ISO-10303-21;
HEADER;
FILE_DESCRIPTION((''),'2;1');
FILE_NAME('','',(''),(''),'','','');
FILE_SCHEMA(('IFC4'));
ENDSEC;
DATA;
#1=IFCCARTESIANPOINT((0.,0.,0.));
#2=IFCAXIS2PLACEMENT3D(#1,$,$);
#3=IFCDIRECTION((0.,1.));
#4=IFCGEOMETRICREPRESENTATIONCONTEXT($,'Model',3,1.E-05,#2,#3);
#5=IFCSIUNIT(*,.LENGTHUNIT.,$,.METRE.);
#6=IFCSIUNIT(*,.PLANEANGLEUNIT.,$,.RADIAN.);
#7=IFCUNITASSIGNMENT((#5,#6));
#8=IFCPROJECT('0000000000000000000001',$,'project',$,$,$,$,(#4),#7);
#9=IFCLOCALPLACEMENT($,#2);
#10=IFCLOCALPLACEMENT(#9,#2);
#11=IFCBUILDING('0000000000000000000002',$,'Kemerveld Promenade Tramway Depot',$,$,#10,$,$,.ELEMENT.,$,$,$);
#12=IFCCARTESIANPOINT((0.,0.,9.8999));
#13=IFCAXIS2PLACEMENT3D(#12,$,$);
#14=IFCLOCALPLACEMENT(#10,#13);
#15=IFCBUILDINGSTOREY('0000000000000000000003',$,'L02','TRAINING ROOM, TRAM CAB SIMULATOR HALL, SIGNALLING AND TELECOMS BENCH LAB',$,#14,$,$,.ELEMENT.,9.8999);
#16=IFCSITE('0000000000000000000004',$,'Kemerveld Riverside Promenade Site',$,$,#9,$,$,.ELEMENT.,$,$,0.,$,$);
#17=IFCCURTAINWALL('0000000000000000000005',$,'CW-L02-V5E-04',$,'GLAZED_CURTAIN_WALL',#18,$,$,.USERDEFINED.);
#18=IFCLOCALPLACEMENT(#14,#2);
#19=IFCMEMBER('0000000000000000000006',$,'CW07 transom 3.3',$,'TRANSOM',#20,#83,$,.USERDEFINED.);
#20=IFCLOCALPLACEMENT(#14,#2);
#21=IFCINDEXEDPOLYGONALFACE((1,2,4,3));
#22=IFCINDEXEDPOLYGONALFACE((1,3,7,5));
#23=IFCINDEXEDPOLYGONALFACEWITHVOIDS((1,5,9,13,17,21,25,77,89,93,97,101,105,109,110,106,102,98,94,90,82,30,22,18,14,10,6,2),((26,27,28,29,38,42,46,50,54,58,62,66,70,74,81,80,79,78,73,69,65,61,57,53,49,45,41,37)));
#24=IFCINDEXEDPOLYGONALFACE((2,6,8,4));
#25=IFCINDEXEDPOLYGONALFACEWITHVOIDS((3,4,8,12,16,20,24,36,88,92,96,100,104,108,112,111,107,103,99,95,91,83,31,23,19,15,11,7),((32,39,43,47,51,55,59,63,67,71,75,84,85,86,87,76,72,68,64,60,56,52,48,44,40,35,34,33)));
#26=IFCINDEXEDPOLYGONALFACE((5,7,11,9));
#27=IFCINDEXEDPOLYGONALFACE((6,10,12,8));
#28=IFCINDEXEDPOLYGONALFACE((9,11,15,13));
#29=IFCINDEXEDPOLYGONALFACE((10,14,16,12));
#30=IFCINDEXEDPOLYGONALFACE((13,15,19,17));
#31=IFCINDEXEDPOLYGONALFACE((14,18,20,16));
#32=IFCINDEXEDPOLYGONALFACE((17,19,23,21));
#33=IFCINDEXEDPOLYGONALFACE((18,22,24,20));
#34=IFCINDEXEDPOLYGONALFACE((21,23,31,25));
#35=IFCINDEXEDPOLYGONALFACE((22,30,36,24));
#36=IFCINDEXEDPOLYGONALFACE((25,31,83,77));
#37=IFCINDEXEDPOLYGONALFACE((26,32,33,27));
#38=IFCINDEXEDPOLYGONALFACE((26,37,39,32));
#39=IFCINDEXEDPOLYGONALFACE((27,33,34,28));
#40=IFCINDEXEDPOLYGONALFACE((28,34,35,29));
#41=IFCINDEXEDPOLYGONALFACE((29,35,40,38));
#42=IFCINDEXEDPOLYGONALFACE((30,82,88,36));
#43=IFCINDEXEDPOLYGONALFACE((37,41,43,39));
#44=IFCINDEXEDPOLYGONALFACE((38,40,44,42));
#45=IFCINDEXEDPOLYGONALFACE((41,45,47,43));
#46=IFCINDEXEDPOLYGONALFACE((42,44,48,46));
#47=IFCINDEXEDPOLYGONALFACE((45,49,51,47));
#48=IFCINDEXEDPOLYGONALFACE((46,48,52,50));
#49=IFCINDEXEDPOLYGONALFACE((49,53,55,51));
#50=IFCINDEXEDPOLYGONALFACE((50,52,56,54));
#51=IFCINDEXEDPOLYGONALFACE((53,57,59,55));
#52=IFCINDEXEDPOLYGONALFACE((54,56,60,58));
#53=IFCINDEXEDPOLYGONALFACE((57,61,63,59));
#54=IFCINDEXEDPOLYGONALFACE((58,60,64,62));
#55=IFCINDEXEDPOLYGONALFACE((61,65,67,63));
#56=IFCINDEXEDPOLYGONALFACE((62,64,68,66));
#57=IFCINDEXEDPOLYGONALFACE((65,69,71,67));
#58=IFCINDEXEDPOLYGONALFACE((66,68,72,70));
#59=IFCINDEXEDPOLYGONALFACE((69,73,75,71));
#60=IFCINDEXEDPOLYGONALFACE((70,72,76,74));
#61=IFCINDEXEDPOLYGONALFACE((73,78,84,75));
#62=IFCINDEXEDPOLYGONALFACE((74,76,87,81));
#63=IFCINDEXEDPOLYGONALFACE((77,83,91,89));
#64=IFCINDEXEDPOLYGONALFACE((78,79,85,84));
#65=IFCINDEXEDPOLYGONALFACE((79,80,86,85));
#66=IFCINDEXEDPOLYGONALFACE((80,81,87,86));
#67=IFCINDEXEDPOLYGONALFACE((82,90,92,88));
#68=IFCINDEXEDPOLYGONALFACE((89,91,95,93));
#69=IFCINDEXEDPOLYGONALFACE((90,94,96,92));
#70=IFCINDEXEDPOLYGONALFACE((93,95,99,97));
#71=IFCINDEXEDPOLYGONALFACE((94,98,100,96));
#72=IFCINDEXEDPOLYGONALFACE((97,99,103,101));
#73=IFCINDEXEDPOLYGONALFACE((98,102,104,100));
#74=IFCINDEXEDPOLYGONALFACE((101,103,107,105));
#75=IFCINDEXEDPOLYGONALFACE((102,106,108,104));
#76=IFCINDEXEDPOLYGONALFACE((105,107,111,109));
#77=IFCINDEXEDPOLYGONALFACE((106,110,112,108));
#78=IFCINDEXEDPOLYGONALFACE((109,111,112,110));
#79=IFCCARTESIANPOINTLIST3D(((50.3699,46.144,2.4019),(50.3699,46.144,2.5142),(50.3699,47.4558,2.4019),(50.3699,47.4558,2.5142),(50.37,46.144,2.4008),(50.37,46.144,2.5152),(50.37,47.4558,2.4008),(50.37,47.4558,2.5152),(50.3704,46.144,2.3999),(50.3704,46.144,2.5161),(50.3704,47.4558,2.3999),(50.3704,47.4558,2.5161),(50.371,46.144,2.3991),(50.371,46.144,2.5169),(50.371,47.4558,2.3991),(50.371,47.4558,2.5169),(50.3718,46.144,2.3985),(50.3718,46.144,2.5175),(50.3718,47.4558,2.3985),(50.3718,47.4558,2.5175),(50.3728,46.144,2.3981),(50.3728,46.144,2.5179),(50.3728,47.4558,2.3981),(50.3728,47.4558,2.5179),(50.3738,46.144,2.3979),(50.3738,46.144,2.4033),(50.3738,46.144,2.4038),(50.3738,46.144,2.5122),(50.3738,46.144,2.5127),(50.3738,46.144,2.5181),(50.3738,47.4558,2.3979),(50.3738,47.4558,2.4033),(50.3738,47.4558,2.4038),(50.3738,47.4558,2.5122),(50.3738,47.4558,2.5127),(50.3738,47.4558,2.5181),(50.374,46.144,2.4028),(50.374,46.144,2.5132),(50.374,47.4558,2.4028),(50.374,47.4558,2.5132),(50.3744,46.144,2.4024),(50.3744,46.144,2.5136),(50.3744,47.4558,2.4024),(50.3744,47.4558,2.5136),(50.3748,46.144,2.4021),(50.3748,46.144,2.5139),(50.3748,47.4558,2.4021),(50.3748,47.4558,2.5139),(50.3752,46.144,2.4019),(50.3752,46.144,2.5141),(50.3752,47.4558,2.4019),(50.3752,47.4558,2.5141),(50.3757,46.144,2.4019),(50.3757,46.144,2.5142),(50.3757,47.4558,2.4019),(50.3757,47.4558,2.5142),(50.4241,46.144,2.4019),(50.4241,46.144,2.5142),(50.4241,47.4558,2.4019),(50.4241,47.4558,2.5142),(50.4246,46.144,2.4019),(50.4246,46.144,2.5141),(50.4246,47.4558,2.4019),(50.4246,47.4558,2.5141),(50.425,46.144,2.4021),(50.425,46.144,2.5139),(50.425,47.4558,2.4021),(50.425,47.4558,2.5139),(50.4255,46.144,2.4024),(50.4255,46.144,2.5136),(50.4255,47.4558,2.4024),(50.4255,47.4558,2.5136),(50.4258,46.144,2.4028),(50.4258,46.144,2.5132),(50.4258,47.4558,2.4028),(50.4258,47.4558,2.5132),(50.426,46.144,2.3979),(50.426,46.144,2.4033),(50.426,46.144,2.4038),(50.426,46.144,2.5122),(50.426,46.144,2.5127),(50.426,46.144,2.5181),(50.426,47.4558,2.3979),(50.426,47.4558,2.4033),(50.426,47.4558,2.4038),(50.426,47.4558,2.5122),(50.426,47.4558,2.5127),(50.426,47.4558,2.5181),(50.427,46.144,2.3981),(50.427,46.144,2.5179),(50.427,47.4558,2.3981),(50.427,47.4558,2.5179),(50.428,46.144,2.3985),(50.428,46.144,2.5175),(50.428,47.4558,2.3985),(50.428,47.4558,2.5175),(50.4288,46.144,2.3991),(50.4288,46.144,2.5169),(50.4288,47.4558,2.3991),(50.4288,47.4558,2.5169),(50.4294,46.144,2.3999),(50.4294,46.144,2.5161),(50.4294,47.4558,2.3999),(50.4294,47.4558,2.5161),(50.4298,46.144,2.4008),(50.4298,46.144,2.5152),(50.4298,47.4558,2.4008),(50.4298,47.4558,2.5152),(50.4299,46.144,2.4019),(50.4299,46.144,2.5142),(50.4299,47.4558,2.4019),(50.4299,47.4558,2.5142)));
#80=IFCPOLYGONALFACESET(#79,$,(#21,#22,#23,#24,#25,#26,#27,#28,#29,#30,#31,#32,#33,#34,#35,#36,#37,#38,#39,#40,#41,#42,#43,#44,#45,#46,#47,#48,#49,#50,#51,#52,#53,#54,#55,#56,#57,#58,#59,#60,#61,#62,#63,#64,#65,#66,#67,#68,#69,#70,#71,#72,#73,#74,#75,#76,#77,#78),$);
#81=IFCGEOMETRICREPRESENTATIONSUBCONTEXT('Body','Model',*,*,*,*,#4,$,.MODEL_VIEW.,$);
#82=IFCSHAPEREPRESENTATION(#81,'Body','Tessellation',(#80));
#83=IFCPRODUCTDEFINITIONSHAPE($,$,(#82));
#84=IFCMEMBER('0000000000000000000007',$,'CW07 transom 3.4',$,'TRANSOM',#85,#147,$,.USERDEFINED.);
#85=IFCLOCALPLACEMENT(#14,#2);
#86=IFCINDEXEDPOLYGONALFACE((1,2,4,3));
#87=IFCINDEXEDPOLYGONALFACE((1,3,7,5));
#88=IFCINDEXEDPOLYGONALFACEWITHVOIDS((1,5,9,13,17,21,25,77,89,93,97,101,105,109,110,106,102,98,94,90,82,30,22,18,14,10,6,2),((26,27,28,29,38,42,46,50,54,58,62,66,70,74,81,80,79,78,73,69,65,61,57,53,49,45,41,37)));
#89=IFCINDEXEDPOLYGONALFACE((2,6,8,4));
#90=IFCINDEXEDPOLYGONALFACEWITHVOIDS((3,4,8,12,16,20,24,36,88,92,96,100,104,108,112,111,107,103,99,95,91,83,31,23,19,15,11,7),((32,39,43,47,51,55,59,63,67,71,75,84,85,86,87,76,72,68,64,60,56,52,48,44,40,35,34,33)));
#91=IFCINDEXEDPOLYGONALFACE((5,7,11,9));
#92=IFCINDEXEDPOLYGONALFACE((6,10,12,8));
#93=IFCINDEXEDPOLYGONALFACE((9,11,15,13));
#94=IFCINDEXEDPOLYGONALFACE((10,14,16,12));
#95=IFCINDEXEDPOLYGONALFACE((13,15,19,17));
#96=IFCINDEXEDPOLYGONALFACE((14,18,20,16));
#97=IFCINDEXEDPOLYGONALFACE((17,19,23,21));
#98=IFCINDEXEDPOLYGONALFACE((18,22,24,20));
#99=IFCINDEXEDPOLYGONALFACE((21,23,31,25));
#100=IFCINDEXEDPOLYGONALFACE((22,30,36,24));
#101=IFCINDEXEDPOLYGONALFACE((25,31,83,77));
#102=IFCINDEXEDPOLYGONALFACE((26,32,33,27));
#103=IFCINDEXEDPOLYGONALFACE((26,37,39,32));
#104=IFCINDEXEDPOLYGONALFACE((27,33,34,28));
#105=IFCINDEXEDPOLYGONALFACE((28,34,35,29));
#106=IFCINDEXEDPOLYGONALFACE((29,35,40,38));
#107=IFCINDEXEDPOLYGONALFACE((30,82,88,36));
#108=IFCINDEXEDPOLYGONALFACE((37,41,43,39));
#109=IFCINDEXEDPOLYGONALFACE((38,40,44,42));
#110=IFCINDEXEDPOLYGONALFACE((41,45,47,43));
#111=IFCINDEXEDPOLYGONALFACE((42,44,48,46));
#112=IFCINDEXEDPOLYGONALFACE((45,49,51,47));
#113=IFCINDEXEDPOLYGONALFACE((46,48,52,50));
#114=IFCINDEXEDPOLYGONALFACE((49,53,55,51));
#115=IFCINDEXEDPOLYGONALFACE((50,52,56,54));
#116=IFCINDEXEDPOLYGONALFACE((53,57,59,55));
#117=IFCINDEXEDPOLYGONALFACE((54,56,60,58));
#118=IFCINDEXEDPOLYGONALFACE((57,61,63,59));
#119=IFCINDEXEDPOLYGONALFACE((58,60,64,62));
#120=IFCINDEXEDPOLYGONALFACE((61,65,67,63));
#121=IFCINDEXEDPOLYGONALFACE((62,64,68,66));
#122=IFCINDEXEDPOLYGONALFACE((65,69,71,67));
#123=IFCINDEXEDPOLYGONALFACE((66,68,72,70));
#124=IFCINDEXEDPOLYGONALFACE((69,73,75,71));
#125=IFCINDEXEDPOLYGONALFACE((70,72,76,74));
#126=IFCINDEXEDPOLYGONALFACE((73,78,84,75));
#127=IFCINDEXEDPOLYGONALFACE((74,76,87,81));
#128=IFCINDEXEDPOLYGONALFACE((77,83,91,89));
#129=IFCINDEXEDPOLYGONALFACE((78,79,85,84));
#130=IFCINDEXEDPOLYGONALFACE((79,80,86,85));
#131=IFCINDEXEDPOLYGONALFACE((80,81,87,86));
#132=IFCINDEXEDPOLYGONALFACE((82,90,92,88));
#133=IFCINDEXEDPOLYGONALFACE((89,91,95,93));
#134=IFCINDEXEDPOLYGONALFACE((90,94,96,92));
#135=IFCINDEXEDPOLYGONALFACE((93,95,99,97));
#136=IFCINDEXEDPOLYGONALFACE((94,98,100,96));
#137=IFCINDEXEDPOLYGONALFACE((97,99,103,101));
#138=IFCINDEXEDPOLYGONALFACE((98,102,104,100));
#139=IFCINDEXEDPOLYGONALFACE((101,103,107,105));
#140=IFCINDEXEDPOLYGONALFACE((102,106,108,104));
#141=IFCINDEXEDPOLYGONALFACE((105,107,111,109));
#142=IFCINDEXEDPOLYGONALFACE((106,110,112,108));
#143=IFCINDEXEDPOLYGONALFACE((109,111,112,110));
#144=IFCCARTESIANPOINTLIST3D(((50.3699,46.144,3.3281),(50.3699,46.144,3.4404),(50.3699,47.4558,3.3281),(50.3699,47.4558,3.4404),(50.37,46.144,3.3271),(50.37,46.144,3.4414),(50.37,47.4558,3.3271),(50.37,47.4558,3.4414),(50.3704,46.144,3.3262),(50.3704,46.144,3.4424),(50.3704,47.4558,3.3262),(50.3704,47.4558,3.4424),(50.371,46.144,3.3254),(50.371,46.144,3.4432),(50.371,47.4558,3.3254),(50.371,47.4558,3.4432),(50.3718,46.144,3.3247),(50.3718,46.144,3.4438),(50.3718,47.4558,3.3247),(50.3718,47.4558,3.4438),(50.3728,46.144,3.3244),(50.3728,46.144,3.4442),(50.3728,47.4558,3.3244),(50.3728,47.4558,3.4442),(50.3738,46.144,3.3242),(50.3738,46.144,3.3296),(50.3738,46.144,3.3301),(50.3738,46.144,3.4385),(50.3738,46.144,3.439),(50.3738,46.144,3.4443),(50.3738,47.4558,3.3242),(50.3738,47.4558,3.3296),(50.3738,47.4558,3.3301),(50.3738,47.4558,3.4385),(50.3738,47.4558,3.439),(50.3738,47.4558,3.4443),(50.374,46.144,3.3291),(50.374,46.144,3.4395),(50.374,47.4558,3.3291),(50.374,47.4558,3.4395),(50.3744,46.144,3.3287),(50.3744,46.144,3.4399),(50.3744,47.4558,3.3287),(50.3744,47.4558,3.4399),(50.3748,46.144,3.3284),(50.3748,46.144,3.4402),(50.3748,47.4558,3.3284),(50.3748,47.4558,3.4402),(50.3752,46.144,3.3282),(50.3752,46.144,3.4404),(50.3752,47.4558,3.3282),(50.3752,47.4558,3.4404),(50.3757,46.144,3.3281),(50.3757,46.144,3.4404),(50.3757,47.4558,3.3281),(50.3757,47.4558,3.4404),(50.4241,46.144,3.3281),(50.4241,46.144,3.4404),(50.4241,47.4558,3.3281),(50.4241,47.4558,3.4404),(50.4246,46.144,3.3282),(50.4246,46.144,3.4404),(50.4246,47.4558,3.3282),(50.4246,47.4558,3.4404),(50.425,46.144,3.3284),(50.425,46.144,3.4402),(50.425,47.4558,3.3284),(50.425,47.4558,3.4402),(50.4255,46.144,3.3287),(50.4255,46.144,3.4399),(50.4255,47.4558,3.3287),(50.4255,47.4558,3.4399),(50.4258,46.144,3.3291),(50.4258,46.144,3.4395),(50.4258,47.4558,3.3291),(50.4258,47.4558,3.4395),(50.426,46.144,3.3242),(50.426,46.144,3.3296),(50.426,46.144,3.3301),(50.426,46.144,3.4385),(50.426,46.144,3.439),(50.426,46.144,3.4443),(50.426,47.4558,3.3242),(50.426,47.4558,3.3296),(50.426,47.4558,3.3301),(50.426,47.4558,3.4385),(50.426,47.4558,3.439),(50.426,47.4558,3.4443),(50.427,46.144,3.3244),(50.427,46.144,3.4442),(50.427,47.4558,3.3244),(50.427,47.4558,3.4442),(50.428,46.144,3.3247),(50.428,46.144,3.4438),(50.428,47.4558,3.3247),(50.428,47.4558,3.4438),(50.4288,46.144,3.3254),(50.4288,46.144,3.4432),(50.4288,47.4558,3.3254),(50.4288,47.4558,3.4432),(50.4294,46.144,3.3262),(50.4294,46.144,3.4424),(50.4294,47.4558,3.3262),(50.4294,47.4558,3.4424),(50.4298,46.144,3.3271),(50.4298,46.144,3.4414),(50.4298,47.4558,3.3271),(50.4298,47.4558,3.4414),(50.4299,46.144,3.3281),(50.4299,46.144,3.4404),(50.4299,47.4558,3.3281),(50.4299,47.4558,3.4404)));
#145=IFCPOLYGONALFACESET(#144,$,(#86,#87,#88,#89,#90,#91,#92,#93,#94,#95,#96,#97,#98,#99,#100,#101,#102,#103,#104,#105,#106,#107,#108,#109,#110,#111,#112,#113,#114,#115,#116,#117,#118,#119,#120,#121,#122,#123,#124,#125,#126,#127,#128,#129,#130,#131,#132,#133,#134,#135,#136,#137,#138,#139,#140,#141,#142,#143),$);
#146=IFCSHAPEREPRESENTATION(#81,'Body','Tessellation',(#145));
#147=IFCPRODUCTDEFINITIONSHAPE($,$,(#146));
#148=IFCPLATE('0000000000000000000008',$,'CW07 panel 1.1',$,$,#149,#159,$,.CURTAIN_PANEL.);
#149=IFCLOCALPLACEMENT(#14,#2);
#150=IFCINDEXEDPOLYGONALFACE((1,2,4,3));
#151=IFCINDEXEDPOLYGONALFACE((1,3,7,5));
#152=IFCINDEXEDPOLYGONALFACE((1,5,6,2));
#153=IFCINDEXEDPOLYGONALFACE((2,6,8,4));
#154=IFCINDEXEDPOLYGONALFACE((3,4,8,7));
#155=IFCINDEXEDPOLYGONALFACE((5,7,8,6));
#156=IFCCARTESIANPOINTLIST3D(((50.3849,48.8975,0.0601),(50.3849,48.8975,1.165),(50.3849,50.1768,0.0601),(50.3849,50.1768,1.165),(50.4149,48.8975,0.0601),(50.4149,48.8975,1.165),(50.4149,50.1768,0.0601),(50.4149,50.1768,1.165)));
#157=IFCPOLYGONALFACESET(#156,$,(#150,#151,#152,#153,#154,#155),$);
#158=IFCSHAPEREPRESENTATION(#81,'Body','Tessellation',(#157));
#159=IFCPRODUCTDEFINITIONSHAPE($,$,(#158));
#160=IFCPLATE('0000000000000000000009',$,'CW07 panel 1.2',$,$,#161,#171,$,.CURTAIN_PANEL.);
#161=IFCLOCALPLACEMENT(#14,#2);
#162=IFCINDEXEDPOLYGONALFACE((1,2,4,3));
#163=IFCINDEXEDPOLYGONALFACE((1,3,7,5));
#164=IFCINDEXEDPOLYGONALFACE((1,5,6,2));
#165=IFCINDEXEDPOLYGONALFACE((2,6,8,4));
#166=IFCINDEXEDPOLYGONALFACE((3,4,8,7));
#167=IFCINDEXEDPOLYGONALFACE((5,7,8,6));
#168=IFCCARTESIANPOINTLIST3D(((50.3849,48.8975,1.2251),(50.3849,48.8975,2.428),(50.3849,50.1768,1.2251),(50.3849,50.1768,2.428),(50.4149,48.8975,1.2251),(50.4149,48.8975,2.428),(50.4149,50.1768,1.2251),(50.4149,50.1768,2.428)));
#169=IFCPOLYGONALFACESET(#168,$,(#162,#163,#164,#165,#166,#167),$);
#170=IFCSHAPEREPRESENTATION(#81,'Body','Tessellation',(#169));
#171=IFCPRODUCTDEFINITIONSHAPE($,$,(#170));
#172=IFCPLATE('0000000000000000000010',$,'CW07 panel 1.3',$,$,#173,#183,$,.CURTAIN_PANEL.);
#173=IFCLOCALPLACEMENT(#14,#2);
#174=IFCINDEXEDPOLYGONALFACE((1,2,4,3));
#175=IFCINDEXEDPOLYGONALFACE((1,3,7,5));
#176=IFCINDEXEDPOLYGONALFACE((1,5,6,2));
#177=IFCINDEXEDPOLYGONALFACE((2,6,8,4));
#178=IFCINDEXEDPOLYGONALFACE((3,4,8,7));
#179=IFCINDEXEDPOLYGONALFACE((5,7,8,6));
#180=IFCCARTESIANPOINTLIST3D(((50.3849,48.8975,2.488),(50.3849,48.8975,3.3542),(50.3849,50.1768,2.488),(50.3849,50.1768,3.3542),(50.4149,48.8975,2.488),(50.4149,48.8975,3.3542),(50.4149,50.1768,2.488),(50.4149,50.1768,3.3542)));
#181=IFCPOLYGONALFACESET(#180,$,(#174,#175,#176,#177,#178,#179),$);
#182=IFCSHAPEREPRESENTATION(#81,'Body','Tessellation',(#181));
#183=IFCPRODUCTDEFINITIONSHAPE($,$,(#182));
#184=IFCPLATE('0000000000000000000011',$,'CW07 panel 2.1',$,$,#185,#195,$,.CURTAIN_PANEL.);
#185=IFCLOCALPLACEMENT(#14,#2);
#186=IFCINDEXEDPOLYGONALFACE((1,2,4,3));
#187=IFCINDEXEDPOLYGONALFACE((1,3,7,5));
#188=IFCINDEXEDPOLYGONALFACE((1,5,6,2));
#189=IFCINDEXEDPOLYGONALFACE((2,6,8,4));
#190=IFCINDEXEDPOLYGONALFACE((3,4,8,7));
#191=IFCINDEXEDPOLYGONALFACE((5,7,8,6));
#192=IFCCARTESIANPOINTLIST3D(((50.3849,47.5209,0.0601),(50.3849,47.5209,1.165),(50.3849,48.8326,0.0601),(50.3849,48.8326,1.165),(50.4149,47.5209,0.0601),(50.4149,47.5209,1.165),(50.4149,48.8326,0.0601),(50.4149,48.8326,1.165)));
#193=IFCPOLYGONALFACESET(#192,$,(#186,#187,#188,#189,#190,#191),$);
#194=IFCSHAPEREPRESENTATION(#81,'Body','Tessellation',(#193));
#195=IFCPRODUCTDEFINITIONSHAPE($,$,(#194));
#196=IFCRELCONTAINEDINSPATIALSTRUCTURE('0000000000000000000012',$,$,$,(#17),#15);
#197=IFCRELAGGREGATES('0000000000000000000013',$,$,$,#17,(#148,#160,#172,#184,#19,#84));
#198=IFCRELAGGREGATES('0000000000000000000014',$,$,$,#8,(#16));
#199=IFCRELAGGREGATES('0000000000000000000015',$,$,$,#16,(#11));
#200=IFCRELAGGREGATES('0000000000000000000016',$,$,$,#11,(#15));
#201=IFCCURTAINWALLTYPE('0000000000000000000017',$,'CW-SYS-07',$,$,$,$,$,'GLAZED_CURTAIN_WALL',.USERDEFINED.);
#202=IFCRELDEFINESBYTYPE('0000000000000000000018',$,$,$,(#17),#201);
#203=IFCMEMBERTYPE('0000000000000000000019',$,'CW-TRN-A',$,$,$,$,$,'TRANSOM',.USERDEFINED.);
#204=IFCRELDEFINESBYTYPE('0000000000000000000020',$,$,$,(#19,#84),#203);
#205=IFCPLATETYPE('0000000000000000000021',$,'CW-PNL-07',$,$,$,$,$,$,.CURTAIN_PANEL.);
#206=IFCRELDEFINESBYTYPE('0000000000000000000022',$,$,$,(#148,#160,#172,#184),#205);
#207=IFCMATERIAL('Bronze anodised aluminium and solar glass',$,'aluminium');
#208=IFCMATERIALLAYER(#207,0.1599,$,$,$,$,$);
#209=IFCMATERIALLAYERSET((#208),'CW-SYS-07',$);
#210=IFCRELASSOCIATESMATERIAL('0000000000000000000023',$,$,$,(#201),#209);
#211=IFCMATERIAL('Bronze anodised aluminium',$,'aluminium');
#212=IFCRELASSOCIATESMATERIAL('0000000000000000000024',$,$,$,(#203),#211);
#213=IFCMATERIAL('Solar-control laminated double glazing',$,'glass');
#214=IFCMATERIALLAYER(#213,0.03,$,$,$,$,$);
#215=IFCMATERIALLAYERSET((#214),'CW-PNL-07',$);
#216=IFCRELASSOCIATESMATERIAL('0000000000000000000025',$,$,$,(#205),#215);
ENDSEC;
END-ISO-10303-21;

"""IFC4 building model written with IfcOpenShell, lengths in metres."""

from ifc_helpers import new_model, si_unit, direction, frame, origin, origin_2d, place, context, subcontext, project, spatial, rectangle, hollow_rectangle, extrude, material, layer, layer_set, material_profile, profile_set, type_object, element, aggregate, save


model = new_model("IFC4")

# Units and contexts
model_context = context("Model", 3, precision=1e-05, world=origin(), true_north=direction((0.0, 1.0)))
body_context = subcontext(model_context, "Body", "Model", "MODEL_VIEW")
ifc_project = project(units=[si_unit("LENGTHUNIT", "METRE"), si_unit("PLANEANGLEUNIT", "RADIAN")], contexts=[model_context])

# Site, building, storey
site_placement = place(None, origin())
site = spatial("IfcSite", under=ifc_project, at=site_placement, Name="Kemerveld Riverside Promenade Site", CompositionType="ELEMENT", RefElevation=0.0)
building_placement = place(site_placement, origin())
building = spatial("IfcBuilding", under=site, at=building_placement, Name="Kemerveld Promenade Tramway Depot", CompositionType="ELEMENT")
storey_placement = place(building_placement, frame((0.0, 0.0, 9.8999)))
storey = spatial("IfcBuildingStorey", under=building, at=storey_placement, Name="L02", Description="TRAINING ROOM, TRAM CAB SIMULATOR HALL, SIGNALLING AND TELECOMS BENCH LAB", CompositionType="ELEMENT", Elevation=9.8999)

# Curtain wall, members, plates
ifc_material_1 = material(Name="Bronze anodised aluminium and solar glass", Category="aluminium")
ifc_layer_1 = layer(ifc_material_1, 0.1599)
ifc_layer_set_1 = layer_set([ifc_layer_1], Name="CW-SYS-07")
curtain_wall_type = type_object("IfcCurtainWallType", Name="CW-SYS-07", ElementType="GLAZED_CURTAIN_WALL", PredefinedType="USERDEFINED", material=ifc_layer_set_1)
curtain_wall_placement = place(storey_placement, origin())
curtain_wall = element("IfcCurtainWall", 1, at=curtain_wall_placement, inside=storey, type_object=curtain_wall_type, Name="CW-L02-V5E-04", ObjectType="GLAZED_CURTAIN_WALL", PredefinedType="USERDEFINED")
ifc_material_2 = material(Name="Bronze anodised aluminium", Category="aluminium")
ifc_material_profile_1 = material_profile(ifc_material_2, hollow_rectangle(XDim=0.0601, YDim=0.1201, WallThickness=0.0039, InnerFilletRadius=0.002, OuterFilletRadius=0.0039, at=origin_2d()), Name="CW-TRN-120x60")
ifc_profile_set_1 = profile_set([ifc_material_profile_1], Name="Bronze anodised aluminium")
member_type_1 = type_object("IfcMemberType", Name="CW-TRN-A", ElementType="TRANSOM", PredefinedType="USERDEFINED", material=ifc_profile_set_1)
member_1_placement = place(storey_placement, frame((50.3999, 47.4558, 2.458), z_axis=(0.0, -1.0, 0.0), x_axis=(1.0, 0.0, 0.0)))
member_1 = element("IfcMember", 2, at=member_1_placement, type_object=member_type_1, Name="CW07 transom 3.3", ObjectType="TRANSOM", PredefinedType="USERDEFINED", context=body_context, shape_type="SweptSolid", body=[
    extrude(hollow_rectangle(XDim=0.0601, YDim=0.1201, WallThickness=0.0039, InnerFilletRadius=0.002, OuterFilletRadius=0.0039, at=origin_2d()), origin(), (0.0, 0.0, 1.0), 1.3118),
])
member_2_placement = place(storey_placement, frame((50.3999, 47.4558, 3.3843), z_axis=(0.0, -1.0, 0.0), x_axis=(1.0, 0.0, 0.0)))
member_2 = element("IfcMember", 3, at=member_2_placement, type_object=member_type_1, Name="CW07 transom 3.4", ObjectType="TRANSOM", PredefinedType="USERDEFINED", context=body_context, shape_type="SweptSolid", body=[
    extrude(hollow_rectangle(XDim=0.0601, YDim=0.1201, WallThickness=0.0039, InnerFilletRadius=0.002, OuterFilletRadius=0.0039, at=origin_2d()), origin(), (0.0, 0.0, 1.0), 1.3118),
])
ifc_material_3 = material(Name="Solar-control laminated double glazing", Category="glass")
ifc_layer_2 = layer(ifc_material_3, 0.03)
ifc_layer_set_2 = layer_set([ifc_layer_2], Name="CW-PNL-07")
plate_type = type_object("IfcPlateType", Name="CW-PNL-07", PredefinedType="CURTAIN_PANEL", material=ifc_layer_set_2)
plate_1_placement = place(storey_placement, frame((50.3999, 49.5371, 0.0601), z_axis=(0.0, 0.0, 1.0), x_axis=(0.0, -1.0, 0.0)))
plate_1 = element("IfcPlate", 4, at=plate_1_placement, type_object=plate_type, Name="CW07 panel 1.1", PredefinedType="CURTAIN_PANEL", context=body_context, shape_type="SweptSolid", body=[
    extrude(rectangle(XDim=1.2793, YDim=0.03, at=origin_2d()), origin(), (0.0, 0.0, 1.0), 1.105),
])
plate_2_placement = place(storey_placement, frame((50.3999, 49.5371, 1.2251), z_axis=(0.0, 0.0, 1.0), x_axis=(0.0, -1.0, 0.0)))
plate_2 = element("IfcPlate", 5, at=plate_2_placement, type_object=plate_type, Name="CW07 panel 1.2", PredefinedType="CURTAIN_PANEL", context=body_context, shape_type="SweptSolid", body=[
    extrude(rectangle(XDim=1.2793, YDim=0.03, at=origin_2d()), origin(), (0.0, 0.0, 1.0), 1.2029),
])
plate_3_placement = place(storey_placement, frame((50.3999, 49.5371, 2.488), z_axis=(0.0, 0.0, 1.0), x_axis=(0.0, -1.0, 0.0)))
plate_3 = element("IfcPlate", 6, at=plate_3_placement, type_object=plate_type, Name="CW07 panel 1.3", PredefinedType="CURTAIN_PANEL", context=body_context, shape_type="SweptSolid", body=[
    extrude(rectangle(XDim=1.2793, YDim=0.03, at=origin_2d()), origin(), (0.0, 0.0, 1.0), 0.8662),
])
plate_4_placement = place(storey_placement, frame((50.3999, 48.1768, 0.0601), z_axis=(0.0, 0.0, 1.0), x_axis=(0.0, -1.0, 0.0)))
plate_4 = element("IfcPlate", 7, at=plate_4_placement, type_object=plate_type, Name="CW07 panel 2.1", PredefinedType="CURTAIN_PANEL", context=body_context, shape_type="SweptSolid", body=[
    extrude(rectangle(XDim=1.3118, YDim=0.03, at=origin_2d()), origin(), (0.0, 0.0, 1.0), 1.105),
])
aggregate(curtain_wall, [plate_1, plate_2, plate_3, plate_4, member_1, member_2])

save(model, "model.ifc")
